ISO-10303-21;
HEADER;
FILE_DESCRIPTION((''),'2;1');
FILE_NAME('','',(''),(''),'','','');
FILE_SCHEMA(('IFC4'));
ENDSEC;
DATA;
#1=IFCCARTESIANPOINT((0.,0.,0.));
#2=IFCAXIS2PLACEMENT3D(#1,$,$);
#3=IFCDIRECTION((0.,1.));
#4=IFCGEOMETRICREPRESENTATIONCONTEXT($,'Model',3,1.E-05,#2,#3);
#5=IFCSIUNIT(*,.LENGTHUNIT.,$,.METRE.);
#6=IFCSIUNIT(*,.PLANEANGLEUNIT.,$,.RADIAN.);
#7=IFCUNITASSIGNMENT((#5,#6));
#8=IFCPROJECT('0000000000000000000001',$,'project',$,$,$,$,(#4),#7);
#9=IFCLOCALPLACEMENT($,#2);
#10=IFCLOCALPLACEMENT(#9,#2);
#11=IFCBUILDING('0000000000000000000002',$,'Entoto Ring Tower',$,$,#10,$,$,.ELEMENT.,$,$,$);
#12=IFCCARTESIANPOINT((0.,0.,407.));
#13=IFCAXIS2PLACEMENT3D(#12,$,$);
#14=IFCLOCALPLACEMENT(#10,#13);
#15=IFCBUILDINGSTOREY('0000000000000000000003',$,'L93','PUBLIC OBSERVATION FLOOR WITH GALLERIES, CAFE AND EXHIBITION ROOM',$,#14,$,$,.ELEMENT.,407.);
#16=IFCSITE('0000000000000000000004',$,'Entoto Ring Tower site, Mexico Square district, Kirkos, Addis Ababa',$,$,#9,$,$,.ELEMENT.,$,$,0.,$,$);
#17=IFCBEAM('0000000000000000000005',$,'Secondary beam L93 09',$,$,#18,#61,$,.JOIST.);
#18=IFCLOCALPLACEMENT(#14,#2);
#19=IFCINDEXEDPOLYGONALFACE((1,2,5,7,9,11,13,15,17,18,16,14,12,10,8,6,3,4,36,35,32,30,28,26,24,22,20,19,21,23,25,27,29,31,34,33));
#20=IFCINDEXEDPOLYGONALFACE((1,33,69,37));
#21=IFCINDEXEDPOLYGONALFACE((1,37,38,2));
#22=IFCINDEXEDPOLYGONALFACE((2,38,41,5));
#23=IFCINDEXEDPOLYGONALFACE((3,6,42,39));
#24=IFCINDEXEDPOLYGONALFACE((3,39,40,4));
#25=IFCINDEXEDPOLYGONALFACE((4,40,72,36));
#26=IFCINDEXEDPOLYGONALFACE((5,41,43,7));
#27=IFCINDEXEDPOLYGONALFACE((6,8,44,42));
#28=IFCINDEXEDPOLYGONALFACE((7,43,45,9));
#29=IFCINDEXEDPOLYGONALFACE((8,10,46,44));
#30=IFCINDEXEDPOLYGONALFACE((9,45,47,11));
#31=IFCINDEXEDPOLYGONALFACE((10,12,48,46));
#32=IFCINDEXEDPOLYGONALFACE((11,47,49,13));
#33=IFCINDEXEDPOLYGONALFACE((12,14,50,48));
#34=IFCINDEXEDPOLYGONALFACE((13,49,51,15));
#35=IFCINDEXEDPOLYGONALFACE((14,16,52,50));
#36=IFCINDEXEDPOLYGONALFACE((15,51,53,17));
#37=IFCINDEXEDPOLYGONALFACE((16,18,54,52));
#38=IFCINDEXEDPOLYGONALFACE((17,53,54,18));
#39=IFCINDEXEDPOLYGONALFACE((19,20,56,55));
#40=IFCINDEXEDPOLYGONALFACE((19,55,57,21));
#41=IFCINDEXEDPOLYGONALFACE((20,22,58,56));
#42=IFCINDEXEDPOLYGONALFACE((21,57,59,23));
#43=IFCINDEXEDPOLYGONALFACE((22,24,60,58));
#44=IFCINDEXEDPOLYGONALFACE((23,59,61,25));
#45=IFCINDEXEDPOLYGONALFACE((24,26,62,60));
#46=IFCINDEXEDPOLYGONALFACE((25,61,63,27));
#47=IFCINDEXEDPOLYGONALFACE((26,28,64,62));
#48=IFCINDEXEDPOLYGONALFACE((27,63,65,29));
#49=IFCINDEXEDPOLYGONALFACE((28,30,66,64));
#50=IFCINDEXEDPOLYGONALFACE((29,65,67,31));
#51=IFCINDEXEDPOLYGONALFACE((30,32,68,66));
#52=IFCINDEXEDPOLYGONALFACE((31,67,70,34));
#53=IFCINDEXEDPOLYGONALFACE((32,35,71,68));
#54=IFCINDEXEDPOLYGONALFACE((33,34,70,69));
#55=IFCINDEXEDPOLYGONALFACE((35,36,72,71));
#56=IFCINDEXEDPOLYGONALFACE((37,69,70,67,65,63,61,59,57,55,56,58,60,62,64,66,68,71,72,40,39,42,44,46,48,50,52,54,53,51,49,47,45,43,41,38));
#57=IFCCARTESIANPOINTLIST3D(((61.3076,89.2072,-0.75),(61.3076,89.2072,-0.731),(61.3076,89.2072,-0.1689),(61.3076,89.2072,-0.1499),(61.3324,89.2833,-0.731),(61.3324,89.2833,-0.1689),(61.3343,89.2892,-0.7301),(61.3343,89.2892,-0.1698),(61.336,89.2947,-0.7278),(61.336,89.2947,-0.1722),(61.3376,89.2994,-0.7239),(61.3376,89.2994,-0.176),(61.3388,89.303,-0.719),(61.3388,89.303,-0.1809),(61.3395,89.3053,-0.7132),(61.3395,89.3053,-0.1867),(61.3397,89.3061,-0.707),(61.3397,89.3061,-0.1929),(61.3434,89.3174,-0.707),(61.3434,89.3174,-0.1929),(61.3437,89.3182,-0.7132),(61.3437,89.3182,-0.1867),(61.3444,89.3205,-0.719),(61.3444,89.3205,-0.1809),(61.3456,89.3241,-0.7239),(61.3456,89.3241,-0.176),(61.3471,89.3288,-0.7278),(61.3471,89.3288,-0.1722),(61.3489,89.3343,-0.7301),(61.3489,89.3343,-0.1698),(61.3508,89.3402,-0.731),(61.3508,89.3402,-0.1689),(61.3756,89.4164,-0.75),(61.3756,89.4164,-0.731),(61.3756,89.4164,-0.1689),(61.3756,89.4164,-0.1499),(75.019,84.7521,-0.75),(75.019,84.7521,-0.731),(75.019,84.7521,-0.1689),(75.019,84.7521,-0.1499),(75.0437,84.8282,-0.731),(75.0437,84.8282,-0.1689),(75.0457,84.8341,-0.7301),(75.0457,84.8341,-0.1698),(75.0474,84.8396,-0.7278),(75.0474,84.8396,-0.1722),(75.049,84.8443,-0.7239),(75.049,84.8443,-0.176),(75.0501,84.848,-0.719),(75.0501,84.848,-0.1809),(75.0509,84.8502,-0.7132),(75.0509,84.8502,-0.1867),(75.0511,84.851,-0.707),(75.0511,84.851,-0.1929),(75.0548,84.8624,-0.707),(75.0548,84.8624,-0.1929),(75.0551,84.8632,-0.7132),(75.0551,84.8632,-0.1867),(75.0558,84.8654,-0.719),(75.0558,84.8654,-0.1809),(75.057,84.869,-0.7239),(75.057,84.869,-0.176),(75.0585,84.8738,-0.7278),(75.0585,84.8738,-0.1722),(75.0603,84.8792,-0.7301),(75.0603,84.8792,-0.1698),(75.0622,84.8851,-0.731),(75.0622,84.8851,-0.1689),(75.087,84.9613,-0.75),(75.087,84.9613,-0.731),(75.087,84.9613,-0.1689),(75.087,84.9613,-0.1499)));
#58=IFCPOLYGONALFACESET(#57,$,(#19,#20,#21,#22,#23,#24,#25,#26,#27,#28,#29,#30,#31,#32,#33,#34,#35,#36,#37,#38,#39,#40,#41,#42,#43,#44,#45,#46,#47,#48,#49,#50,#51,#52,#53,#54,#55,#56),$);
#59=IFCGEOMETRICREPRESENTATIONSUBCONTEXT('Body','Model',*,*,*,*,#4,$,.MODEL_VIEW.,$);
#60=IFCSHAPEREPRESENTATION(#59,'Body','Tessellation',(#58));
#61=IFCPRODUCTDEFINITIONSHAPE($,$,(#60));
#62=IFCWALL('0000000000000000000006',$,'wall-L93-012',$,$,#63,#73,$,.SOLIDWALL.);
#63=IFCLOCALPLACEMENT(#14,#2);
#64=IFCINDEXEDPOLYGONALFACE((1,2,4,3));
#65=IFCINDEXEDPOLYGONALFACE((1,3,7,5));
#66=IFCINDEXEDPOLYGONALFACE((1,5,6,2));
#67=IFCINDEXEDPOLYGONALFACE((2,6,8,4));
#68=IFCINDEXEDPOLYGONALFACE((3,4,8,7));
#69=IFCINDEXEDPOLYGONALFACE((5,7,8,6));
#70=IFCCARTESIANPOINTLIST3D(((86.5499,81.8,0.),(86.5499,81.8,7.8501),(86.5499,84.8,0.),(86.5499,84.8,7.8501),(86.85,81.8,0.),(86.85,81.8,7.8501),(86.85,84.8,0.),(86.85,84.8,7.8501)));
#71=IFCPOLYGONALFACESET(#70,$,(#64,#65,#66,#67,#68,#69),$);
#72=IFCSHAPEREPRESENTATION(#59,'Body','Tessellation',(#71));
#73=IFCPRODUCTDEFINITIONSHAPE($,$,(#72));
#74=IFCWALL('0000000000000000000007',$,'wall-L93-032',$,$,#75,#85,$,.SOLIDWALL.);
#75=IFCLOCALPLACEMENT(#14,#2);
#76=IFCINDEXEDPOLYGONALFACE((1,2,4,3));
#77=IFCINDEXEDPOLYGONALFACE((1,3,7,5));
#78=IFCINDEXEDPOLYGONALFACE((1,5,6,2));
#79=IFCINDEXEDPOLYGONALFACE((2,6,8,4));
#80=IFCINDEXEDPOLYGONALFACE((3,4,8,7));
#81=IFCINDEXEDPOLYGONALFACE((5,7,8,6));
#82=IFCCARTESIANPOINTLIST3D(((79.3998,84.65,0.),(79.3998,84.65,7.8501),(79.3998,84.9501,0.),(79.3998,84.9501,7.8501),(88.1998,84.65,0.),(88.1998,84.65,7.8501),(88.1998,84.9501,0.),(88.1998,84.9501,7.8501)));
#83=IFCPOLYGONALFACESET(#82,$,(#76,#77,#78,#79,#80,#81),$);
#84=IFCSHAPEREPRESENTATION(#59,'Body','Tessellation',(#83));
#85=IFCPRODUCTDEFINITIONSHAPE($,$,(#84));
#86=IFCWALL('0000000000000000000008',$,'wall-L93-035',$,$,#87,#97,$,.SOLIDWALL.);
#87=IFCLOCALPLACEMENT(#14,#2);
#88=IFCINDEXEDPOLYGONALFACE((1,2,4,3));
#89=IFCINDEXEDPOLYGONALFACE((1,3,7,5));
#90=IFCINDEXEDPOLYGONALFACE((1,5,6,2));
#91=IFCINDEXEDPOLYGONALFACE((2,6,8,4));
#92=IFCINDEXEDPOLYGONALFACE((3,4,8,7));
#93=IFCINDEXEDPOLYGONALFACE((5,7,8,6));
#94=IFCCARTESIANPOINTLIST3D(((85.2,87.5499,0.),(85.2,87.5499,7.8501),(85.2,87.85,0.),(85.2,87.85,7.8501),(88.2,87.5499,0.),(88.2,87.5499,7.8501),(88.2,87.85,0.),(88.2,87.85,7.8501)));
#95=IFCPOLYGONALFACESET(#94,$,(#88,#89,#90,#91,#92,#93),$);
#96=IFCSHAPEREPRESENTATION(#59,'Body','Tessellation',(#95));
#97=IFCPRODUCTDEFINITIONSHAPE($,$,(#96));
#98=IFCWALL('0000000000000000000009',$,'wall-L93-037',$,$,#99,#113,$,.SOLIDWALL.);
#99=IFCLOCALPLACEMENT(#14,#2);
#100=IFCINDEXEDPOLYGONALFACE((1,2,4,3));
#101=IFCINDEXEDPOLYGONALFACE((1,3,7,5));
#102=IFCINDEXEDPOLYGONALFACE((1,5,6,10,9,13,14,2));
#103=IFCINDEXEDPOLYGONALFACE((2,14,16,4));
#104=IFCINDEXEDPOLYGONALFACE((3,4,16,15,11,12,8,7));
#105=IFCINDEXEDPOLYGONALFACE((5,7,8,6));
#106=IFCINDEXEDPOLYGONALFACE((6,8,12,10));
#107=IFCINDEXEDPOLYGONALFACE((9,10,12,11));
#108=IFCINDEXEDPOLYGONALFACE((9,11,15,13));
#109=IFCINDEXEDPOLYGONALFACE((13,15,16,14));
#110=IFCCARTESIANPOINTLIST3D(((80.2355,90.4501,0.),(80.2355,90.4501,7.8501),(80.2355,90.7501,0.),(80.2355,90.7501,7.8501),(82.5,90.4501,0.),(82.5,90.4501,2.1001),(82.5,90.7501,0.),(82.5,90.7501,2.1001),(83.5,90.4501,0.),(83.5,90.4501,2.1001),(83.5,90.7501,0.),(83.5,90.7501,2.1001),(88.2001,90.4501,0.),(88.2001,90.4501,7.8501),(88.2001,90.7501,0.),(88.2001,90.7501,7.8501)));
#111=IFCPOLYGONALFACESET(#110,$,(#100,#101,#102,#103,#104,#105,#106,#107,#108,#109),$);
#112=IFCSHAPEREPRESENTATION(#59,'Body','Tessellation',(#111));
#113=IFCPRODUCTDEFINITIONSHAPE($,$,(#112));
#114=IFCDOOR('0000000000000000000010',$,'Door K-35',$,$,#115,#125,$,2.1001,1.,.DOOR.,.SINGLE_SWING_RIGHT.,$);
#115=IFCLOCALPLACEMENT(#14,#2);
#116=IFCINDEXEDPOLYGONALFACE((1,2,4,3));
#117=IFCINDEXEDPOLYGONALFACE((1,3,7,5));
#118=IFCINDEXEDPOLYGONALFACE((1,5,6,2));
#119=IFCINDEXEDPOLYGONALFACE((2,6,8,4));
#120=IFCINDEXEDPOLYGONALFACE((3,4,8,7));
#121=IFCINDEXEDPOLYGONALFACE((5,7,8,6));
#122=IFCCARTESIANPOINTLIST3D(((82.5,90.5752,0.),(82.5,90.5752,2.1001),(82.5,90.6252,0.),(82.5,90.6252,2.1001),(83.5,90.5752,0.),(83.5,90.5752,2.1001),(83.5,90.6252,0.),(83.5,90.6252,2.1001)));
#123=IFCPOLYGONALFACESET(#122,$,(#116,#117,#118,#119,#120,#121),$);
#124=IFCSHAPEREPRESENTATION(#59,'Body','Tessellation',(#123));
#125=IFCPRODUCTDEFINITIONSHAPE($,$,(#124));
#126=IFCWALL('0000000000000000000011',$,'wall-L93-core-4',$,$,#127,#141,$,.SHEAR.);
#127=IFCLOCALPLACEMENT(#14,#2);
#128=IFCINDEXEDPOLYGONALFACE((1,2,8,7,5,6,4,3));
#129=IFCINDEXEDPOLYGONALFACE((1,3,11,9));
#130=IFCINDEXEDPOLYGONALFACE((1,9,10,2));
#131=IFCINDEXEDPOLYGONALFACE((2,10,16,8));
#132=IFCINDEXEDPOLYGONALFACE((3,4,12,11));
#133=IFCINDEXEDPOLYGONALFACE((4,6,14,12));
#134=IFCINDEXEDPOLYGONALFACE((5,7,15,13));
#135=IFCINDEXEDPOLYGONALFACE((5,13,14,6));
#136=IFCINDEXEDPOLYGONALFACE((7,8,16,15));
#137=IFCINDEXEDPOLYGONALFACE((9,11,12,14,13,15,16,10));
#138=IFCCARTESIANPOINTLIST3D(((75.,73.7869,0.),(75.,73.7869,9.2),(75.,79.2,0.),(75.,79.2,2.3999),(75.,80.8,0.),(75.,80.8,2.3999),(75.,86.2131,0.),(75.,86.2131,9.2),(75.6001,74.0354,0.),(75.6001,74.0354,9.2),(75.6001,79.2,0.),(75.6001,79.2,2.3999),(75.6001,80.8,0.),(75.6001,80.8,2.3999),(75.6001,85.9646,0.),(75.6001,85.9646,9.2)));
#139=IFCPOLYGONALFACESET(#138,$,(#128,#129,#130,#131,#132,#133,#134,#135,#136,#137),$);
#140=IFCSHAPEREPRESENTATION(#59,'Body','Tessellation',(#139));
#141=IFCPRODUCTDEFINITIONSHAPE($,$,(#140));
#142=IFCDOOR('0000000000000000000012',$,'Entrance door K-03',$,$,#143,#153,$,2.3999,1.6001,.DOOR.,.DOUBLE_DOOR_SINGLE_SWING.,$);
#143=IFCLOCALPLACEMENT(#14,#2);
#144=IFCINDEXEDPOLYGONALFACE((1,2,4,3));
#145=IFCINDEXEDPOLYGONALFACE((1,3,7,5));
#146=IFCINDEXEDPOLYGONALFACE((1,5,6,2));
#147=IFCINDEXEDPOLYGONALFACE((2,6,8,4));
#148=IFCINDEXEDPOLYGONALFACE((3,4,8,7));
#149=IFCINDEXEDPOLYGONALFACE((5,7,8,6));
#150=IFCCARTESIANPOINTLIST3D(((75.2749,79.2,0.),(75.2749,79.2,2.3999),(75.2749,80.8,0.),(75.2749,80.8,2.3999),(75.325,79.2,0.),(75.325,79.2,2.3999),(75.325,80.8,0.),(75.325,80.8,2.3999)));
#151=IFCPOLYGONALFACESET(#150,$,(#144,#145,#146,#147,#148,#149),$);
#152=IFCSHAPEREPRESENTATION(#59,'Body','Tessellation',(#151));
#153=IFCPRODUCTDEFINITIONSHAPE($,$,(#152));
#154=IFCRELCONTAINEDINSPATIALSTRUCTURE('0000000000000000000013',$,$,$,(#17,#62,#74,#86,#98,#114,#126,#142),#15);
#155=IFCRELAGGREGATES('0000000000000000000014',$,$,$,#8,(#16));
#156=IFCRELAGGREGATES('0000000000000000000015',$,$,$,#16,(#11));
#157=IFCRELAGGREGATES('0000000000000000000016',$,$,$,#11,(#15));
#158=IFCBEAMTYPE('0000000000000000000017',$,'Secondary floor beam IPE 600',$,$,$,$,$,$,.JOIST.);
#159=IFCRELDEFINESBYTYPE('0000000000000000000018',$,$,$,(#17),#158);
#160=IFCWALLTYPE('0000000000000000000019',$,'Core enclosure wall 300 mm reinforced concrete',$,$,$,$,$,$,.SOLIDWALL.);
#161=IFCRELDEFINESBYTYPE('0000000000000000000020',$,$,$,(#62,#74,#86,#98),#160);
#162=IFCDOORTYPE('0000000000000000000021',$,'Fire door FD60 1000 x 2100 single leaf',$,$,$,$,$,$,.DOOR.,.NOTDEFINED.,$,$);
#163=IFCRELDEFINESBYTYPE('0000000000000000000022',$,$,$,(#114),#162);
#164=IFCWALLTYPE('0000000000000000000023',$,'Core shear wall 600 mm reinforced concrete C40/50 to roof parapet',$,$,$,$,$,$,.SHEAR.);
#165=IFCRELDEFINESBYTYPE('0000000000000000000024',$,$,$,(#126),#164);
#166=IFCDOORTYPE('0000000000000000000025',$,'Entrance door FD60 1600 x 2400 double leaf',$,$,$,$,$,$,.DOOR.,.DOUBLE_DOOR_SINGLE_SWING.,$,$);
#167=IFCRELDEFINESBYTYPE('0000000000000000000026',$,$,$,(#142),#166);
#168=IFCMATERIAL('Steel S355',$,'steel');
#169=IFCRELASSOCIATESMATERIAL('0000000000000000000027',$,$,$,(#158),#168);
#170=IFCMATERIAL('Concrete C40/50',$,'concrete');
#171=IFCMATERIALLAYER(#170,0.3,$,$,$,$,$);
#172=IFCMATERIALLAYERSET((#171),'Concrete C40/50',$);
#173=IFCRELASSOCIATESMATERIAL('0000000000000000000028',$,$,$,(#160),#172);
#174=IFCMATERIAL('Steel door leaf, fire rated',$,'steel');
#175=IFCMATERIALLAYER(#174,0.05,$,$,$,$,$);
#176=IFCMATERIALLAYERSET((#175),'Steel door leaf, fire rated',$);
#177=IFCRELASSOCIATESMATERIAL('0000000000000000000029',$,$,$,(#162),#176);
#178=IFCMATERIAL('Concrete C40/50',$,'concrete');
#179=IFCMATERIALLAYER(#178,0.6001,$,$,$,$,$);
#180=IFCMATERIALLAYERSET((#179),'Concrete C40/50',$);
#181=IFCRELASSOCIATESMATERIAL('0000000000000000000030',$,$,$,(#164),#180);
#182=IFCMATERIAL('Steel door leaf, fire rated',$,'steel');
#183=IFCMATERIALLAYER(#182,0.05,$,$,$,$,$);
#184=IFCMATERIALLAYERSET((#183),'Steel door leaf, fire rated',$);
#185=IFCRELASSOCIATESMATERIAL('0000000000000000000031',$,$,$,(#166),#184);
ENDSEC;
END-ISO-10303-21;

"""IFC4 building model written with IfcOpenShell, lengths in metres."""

from ifc_helpers import new_model, si_unit, direction, frame, frame_2d, origin, origin_2d, place, context, subcontext, project, spatial, polyline, rectangle, i_section, outline, extrude, material, layer, layer_set, material_profile, profile_set, type_object, element, fill, save


model = new_model("IFC4")

# Units and contexts
model_context = context("Model", 3, precision=1e-05, world=origin(), true_north=direction((0.0, 1.0)))
body_context = subcontext(model_context, "Body", "Model", "MODEL_VIEW")
ifc_project = project(units=[si_unit("LENGTHUNIT", "METRE"), si_unit("PLANEANGLEUNIT", "RADIAN")], contexts=[model_context])

# Site, building, storey
site_placement = place(None, origin())
site = spatial("IfcSite", under=ifc_project, at=site_placement, Name="Entoto Ring Tower site, Mexico Square district, Kirkos, Addis Ababa", CompositionType="ELEMENT", RefElevation=0.0)
building_placement = place(site_placement, origin())
building = spatial("IfcBuilding", under=site, at=building_placement, Name="Entoto Ring Tower", CompositionType="ELEMENT")
storey_placement = place(building_placement, frame((0.0, 0.0, 407.0)))
storey = spatial("IfcBuildingStorey", under=building, at=storey_placement, Name="L93", Description="PUBLIC OBSERVATION FLOOR WITH GALLERIES, CAFE AND EXHIBITION ROOM", CompositionType="ELEMENT", Elevation=407.0)

# Beam
ifc_material_1 = material(Name="Steel S355", Category="steel")
ifc_material_profile_1 = material_profile(ifc_material_1, i_section(OverallWidth=0.22, OverallDepth=0.6001, WebThickness=0.012, FlangeThickness=0.019, FilletRadius=0.0239, at=origin_2d()), Name="IPE 600")
ifc_profile_set_1 = profile_set([ifc_material_profile_1], Name="Steel S355")
beam_type_1 = type_object("IfcBeamType", Name="Secondary floor beam IPE 600", PredefinedType="JOIST", material=ifc_profile_set_1)
beam_1_placement = place(storey_placement, frame((75.053, 84.8567, -0.45), z_axis=(-0.951057, 0.309015, 0.0), x_axis=(-0.309015, -0.951057, 0.0)))
element("IfcBeam", 1, at=beam_1_placement, inside=storey, type_object=beam_type_1, Name="Secondary beam L93 09", PredefinedType="JOIST", context=body_context, shape_type="SweptSolid", body=[
    extrude(i_section(OverallWidth=0.22, OverallDepth=0.6001, WebThickness=0.012, FlangeThickness=0.019, FilletRadius=0.0239, at=origin_2d()), origin(), (0.0, 0.0, 1.0), 14.417),
])

# Walls
ifc_material_2 = material(Name="Concrete C40/50", Category="concrete")
ifc_layer_1 = layer(ifc_material_2, 0.3)
ifc_layer_set_1 = layer_set([ifc_layer_1], Name="Concrete C40/50")
wall_type_1 = type_object("IfcWallType", Name="Core enclosure wall 300 mm reinforced concrete", PredefinedType="SOLIDWALL", material=ifc_layer_set_1)
wall_1_placement = place(storey_placement, frame((86.7, 81.8, 0.0), z_axis=(0.0, 0.0, 1.0), x_axis=(0.0, 1.0, 0.0)))
element("IfcWall", 2, at=wall_1_placement, inside=storey, type_object=wall_type_1, Name="wall-L93-012", PredefinedType="SOLIDWALL", context=body_context, shape_type="SweptSolid", body=[
    extrude(rectangle(XDim=3.0, YDim=0.3, at=frame_2d((1.5, 0.0))), origin(), (0.0, 0.0, 1.0), 7.8501),
])
wall_2_placement = place(storey_placement, frame((79.3999, 84.8, 0.0), z_axis=(0.0, 0.0, 1.0), x_axis=(1.0, 0.0, 0.0)))
element("IfcWall", 3, at=wall_2_placement, inside=storey, type_object=wall_type_1, Name="wall-L93-032", PredefinedType="SOLIDWALL", context=body_context, shape_type="SweptSolid", body=[
    extrude(rectangle(XDim=8.8, YDim=0.3, at=frame_2d((4.3999, 0.0))), origin(), (0.0, 0.0, 1.0), 7.8501),
])
wall_3_placement = place(storey_placement, frame((85.2, 87.7, 0.0), z_axis=(0.0, 0.0, 1.0), x_axis=(1.0, 0.0, 0.0)))
element("IfcWall", 4, at=wall_3_placement, inside=storey, type_object=wall_type_1, Name="wall-L93-035", PredefinedType="SOLIDWALL", context=body_context, shape_type="SweptSolid", body=[
    extrude(rectangle(XDim=3.0, YDim=0.3, at=frame_2d((1.5, 0.0))), origin(), (0.0, 0.0, 1.0), 7.8501),
])

# Walls, openings, doors
wall_4_placement = place(storey_placement, frame((80.2354, 90.6001, 0.0), z_axis=(0.0, 0.0, 1.0), x_axis=(1.0, 0.0, 0.0)))
wall_4 = element("IfcWall", 5, at=wall_4_placement, inside=storey, type_object=wall_type_1, Name="wall-L93-037", PredefinedType="SOLIDWALL", context=body_context, shape_type="SweptSolid", body=[
    extrude(rectangle(XDim=7.9646, YDim=0.3, at=frame_2d((3.9824, 0.0))), origin(), (0.0, 0.0, 1.0), 7.8501),
])
opening_1_placement = place(wall_4_placement, frame((2.2646, 0.0, 0.0)))
opening_1 = element("IfcOpeningElement", 6, at=opening_1_placement, cuts=wall_4, PredefinedType="OPENING", context=body_context, shape_type="SweptSolid", body=[
    extrude(rectangle(XDim=1.0, YDim=2.1001, at=frame_2d((0.5, 1.05))), frame((0.0, 0.1602, 0.0), z_axis=(0.0, -1.0, 0.0), x_axis=(1.0, 0.0, 0.0)), (0.0, 0.0, 1.0), 0.3201),
])
ifc_material_3 = material(Name="Steel door leaf, fire rated", Category="steel")
ifc_layer_2 = layer(ifc_material_3, 0.05)
ifc_layer_set_2 = layer_set([ifc_layer_2], Name="Steel door leaf, fire rated")
door_type_1 = type_object("IfcDoorType", Name="Fire door FD60 1000 x 2100 single leaf", OperationType="NOTDEFINED", PredefinedType="DOOR", material=ifc_layer_set_2)
door_1_placement = place(opening_1_placement, frame((1.0, 0.0, 0.0), z_axis=(0.0, 0.0, 1.0), x_axis=(-1.0, 0.0, 0.0)))
door_1 = element("IfcDoor", 7, at=door_1_placement, inside=storey, type_object=door_type_1, Name="Door K-35", OperationType="SINGLE_SWING_RIGHT", OverallHeight=2.1001, OverallWidth=1.0, PredefinedType="DOOR", context=body_context, shape_type="SweptSolid", body=[
    extrude(rectangle(XDim=1.0, YDim=2.1001, at=frame_2d((0.5, 1.05))), frame((0.0, 0.0249, 0.0), z_axis=(0.0, -1.0, 0.0), x_axis=(1.0, 0.0, 0.0)), (0.0, 0.0, 1.0), 0.05),
])
fill(opening_1, door_1)
ifc_material_4 = material(Name="Concrete C40/50", Category="concrete")
ifc_layer_3 = layer(ifc_material_4, 0.6001)
ifc_layer_set_3 = layer_set([ifc_layer_3], Name="Concrete C40/50")
wall_type_2 = type_object("IfcWallType", Name="Core shear wall 600 mm reinforced concrete C40/50 to roof parapet", PredefinedType="SHEAR", material=ifc_layer_set_3)
wall_5_placement = place(storey_placement, frame((75.3, 86.0889, 0.0), z_axis=(0.0, 0.0, 1.0), x_axis=(0.0, -1.0, 0.0)))
wall_5 = element("IfcWall", 8, at=wall_5_placement, inside=storey, type_object=wall_type_2, Name="wall-L93-core-4", PredefinedType="SHEAR", context=body_context, shape_type="SweptSolid", body=[
    extrude(outline(polyline([(-0.1243, -0.3), (12.302, -0.3), (12.0535, 0.3), (0.1243, 0.3), (-0.1243, -0.3)])), origin(), (0.0, 0.0, 1.0), 9.2),
])
opening_2_placement = place(wall_5_placement, frame((5.2888, 0.0, 0.0)))
opening_2 = element("IfcOpeningElement", 9, at=opening_2_placement, cuts=wall_5, PredefinedType="OPENING", context=body_context, shape_type="SweptSolid", body=[
    extrude(rectangle(XDim=1.6001, YDim=2.3999, at=frame_2d((0.8, 1.2))), frame((0.0, 0.3101, 0.0), z_axis=(0.0, -1.0, 0.0), x_axis=(1.0, 0.0, 0.0)), (0.0, 0.0, 1.0), 0.6201),
])
ifc_material_5 = material(Name="Steel door leaf, fire rated", Category="steel")
ifc_layer_4 = layer(ifc_material_5, 0.05)
ifc_layer_set_4 = layer_set([ifc_layer_4], Name="Steel door leaf, fire rated")
door_type_2 = type_object("IfcDoorType", Name="Entrance door FD60 1600 x 2400 double leaf", OperationType="DOUBLE_DOOR_SINGLE_SWING", PredefinedType="DOOR", material=ifc_layer_set_4)
door_2_placement = place(opening_2_placement, origin())
door_2 = element("IfcDoor", 10, at=door_2_placement, inside=storey, type_object=door_type_2, Name="Entrance door K-03", OperationType="DOUBLE_DOOR_SINGLE_SWING", OverallHeight=2.3999, OverallWidth=1.6001, PredefinedType="DOOR", context=body_context, shape_type="SweptSolid", body=[
    extrude(rectangle(XDim=1.6001, YDim=2.3999, at=frame_2d((0.8, 1.2))), frame((0.0, 0.0249, 0.0), z_axis=(0.0, -1.0, 0.0), x_axis=(1.0, 0.0, 0.0)), (0.0, 0.0, 1.0), 0.05),
])
fill(opening_2, door_2)

save(model, "model.ifc")
